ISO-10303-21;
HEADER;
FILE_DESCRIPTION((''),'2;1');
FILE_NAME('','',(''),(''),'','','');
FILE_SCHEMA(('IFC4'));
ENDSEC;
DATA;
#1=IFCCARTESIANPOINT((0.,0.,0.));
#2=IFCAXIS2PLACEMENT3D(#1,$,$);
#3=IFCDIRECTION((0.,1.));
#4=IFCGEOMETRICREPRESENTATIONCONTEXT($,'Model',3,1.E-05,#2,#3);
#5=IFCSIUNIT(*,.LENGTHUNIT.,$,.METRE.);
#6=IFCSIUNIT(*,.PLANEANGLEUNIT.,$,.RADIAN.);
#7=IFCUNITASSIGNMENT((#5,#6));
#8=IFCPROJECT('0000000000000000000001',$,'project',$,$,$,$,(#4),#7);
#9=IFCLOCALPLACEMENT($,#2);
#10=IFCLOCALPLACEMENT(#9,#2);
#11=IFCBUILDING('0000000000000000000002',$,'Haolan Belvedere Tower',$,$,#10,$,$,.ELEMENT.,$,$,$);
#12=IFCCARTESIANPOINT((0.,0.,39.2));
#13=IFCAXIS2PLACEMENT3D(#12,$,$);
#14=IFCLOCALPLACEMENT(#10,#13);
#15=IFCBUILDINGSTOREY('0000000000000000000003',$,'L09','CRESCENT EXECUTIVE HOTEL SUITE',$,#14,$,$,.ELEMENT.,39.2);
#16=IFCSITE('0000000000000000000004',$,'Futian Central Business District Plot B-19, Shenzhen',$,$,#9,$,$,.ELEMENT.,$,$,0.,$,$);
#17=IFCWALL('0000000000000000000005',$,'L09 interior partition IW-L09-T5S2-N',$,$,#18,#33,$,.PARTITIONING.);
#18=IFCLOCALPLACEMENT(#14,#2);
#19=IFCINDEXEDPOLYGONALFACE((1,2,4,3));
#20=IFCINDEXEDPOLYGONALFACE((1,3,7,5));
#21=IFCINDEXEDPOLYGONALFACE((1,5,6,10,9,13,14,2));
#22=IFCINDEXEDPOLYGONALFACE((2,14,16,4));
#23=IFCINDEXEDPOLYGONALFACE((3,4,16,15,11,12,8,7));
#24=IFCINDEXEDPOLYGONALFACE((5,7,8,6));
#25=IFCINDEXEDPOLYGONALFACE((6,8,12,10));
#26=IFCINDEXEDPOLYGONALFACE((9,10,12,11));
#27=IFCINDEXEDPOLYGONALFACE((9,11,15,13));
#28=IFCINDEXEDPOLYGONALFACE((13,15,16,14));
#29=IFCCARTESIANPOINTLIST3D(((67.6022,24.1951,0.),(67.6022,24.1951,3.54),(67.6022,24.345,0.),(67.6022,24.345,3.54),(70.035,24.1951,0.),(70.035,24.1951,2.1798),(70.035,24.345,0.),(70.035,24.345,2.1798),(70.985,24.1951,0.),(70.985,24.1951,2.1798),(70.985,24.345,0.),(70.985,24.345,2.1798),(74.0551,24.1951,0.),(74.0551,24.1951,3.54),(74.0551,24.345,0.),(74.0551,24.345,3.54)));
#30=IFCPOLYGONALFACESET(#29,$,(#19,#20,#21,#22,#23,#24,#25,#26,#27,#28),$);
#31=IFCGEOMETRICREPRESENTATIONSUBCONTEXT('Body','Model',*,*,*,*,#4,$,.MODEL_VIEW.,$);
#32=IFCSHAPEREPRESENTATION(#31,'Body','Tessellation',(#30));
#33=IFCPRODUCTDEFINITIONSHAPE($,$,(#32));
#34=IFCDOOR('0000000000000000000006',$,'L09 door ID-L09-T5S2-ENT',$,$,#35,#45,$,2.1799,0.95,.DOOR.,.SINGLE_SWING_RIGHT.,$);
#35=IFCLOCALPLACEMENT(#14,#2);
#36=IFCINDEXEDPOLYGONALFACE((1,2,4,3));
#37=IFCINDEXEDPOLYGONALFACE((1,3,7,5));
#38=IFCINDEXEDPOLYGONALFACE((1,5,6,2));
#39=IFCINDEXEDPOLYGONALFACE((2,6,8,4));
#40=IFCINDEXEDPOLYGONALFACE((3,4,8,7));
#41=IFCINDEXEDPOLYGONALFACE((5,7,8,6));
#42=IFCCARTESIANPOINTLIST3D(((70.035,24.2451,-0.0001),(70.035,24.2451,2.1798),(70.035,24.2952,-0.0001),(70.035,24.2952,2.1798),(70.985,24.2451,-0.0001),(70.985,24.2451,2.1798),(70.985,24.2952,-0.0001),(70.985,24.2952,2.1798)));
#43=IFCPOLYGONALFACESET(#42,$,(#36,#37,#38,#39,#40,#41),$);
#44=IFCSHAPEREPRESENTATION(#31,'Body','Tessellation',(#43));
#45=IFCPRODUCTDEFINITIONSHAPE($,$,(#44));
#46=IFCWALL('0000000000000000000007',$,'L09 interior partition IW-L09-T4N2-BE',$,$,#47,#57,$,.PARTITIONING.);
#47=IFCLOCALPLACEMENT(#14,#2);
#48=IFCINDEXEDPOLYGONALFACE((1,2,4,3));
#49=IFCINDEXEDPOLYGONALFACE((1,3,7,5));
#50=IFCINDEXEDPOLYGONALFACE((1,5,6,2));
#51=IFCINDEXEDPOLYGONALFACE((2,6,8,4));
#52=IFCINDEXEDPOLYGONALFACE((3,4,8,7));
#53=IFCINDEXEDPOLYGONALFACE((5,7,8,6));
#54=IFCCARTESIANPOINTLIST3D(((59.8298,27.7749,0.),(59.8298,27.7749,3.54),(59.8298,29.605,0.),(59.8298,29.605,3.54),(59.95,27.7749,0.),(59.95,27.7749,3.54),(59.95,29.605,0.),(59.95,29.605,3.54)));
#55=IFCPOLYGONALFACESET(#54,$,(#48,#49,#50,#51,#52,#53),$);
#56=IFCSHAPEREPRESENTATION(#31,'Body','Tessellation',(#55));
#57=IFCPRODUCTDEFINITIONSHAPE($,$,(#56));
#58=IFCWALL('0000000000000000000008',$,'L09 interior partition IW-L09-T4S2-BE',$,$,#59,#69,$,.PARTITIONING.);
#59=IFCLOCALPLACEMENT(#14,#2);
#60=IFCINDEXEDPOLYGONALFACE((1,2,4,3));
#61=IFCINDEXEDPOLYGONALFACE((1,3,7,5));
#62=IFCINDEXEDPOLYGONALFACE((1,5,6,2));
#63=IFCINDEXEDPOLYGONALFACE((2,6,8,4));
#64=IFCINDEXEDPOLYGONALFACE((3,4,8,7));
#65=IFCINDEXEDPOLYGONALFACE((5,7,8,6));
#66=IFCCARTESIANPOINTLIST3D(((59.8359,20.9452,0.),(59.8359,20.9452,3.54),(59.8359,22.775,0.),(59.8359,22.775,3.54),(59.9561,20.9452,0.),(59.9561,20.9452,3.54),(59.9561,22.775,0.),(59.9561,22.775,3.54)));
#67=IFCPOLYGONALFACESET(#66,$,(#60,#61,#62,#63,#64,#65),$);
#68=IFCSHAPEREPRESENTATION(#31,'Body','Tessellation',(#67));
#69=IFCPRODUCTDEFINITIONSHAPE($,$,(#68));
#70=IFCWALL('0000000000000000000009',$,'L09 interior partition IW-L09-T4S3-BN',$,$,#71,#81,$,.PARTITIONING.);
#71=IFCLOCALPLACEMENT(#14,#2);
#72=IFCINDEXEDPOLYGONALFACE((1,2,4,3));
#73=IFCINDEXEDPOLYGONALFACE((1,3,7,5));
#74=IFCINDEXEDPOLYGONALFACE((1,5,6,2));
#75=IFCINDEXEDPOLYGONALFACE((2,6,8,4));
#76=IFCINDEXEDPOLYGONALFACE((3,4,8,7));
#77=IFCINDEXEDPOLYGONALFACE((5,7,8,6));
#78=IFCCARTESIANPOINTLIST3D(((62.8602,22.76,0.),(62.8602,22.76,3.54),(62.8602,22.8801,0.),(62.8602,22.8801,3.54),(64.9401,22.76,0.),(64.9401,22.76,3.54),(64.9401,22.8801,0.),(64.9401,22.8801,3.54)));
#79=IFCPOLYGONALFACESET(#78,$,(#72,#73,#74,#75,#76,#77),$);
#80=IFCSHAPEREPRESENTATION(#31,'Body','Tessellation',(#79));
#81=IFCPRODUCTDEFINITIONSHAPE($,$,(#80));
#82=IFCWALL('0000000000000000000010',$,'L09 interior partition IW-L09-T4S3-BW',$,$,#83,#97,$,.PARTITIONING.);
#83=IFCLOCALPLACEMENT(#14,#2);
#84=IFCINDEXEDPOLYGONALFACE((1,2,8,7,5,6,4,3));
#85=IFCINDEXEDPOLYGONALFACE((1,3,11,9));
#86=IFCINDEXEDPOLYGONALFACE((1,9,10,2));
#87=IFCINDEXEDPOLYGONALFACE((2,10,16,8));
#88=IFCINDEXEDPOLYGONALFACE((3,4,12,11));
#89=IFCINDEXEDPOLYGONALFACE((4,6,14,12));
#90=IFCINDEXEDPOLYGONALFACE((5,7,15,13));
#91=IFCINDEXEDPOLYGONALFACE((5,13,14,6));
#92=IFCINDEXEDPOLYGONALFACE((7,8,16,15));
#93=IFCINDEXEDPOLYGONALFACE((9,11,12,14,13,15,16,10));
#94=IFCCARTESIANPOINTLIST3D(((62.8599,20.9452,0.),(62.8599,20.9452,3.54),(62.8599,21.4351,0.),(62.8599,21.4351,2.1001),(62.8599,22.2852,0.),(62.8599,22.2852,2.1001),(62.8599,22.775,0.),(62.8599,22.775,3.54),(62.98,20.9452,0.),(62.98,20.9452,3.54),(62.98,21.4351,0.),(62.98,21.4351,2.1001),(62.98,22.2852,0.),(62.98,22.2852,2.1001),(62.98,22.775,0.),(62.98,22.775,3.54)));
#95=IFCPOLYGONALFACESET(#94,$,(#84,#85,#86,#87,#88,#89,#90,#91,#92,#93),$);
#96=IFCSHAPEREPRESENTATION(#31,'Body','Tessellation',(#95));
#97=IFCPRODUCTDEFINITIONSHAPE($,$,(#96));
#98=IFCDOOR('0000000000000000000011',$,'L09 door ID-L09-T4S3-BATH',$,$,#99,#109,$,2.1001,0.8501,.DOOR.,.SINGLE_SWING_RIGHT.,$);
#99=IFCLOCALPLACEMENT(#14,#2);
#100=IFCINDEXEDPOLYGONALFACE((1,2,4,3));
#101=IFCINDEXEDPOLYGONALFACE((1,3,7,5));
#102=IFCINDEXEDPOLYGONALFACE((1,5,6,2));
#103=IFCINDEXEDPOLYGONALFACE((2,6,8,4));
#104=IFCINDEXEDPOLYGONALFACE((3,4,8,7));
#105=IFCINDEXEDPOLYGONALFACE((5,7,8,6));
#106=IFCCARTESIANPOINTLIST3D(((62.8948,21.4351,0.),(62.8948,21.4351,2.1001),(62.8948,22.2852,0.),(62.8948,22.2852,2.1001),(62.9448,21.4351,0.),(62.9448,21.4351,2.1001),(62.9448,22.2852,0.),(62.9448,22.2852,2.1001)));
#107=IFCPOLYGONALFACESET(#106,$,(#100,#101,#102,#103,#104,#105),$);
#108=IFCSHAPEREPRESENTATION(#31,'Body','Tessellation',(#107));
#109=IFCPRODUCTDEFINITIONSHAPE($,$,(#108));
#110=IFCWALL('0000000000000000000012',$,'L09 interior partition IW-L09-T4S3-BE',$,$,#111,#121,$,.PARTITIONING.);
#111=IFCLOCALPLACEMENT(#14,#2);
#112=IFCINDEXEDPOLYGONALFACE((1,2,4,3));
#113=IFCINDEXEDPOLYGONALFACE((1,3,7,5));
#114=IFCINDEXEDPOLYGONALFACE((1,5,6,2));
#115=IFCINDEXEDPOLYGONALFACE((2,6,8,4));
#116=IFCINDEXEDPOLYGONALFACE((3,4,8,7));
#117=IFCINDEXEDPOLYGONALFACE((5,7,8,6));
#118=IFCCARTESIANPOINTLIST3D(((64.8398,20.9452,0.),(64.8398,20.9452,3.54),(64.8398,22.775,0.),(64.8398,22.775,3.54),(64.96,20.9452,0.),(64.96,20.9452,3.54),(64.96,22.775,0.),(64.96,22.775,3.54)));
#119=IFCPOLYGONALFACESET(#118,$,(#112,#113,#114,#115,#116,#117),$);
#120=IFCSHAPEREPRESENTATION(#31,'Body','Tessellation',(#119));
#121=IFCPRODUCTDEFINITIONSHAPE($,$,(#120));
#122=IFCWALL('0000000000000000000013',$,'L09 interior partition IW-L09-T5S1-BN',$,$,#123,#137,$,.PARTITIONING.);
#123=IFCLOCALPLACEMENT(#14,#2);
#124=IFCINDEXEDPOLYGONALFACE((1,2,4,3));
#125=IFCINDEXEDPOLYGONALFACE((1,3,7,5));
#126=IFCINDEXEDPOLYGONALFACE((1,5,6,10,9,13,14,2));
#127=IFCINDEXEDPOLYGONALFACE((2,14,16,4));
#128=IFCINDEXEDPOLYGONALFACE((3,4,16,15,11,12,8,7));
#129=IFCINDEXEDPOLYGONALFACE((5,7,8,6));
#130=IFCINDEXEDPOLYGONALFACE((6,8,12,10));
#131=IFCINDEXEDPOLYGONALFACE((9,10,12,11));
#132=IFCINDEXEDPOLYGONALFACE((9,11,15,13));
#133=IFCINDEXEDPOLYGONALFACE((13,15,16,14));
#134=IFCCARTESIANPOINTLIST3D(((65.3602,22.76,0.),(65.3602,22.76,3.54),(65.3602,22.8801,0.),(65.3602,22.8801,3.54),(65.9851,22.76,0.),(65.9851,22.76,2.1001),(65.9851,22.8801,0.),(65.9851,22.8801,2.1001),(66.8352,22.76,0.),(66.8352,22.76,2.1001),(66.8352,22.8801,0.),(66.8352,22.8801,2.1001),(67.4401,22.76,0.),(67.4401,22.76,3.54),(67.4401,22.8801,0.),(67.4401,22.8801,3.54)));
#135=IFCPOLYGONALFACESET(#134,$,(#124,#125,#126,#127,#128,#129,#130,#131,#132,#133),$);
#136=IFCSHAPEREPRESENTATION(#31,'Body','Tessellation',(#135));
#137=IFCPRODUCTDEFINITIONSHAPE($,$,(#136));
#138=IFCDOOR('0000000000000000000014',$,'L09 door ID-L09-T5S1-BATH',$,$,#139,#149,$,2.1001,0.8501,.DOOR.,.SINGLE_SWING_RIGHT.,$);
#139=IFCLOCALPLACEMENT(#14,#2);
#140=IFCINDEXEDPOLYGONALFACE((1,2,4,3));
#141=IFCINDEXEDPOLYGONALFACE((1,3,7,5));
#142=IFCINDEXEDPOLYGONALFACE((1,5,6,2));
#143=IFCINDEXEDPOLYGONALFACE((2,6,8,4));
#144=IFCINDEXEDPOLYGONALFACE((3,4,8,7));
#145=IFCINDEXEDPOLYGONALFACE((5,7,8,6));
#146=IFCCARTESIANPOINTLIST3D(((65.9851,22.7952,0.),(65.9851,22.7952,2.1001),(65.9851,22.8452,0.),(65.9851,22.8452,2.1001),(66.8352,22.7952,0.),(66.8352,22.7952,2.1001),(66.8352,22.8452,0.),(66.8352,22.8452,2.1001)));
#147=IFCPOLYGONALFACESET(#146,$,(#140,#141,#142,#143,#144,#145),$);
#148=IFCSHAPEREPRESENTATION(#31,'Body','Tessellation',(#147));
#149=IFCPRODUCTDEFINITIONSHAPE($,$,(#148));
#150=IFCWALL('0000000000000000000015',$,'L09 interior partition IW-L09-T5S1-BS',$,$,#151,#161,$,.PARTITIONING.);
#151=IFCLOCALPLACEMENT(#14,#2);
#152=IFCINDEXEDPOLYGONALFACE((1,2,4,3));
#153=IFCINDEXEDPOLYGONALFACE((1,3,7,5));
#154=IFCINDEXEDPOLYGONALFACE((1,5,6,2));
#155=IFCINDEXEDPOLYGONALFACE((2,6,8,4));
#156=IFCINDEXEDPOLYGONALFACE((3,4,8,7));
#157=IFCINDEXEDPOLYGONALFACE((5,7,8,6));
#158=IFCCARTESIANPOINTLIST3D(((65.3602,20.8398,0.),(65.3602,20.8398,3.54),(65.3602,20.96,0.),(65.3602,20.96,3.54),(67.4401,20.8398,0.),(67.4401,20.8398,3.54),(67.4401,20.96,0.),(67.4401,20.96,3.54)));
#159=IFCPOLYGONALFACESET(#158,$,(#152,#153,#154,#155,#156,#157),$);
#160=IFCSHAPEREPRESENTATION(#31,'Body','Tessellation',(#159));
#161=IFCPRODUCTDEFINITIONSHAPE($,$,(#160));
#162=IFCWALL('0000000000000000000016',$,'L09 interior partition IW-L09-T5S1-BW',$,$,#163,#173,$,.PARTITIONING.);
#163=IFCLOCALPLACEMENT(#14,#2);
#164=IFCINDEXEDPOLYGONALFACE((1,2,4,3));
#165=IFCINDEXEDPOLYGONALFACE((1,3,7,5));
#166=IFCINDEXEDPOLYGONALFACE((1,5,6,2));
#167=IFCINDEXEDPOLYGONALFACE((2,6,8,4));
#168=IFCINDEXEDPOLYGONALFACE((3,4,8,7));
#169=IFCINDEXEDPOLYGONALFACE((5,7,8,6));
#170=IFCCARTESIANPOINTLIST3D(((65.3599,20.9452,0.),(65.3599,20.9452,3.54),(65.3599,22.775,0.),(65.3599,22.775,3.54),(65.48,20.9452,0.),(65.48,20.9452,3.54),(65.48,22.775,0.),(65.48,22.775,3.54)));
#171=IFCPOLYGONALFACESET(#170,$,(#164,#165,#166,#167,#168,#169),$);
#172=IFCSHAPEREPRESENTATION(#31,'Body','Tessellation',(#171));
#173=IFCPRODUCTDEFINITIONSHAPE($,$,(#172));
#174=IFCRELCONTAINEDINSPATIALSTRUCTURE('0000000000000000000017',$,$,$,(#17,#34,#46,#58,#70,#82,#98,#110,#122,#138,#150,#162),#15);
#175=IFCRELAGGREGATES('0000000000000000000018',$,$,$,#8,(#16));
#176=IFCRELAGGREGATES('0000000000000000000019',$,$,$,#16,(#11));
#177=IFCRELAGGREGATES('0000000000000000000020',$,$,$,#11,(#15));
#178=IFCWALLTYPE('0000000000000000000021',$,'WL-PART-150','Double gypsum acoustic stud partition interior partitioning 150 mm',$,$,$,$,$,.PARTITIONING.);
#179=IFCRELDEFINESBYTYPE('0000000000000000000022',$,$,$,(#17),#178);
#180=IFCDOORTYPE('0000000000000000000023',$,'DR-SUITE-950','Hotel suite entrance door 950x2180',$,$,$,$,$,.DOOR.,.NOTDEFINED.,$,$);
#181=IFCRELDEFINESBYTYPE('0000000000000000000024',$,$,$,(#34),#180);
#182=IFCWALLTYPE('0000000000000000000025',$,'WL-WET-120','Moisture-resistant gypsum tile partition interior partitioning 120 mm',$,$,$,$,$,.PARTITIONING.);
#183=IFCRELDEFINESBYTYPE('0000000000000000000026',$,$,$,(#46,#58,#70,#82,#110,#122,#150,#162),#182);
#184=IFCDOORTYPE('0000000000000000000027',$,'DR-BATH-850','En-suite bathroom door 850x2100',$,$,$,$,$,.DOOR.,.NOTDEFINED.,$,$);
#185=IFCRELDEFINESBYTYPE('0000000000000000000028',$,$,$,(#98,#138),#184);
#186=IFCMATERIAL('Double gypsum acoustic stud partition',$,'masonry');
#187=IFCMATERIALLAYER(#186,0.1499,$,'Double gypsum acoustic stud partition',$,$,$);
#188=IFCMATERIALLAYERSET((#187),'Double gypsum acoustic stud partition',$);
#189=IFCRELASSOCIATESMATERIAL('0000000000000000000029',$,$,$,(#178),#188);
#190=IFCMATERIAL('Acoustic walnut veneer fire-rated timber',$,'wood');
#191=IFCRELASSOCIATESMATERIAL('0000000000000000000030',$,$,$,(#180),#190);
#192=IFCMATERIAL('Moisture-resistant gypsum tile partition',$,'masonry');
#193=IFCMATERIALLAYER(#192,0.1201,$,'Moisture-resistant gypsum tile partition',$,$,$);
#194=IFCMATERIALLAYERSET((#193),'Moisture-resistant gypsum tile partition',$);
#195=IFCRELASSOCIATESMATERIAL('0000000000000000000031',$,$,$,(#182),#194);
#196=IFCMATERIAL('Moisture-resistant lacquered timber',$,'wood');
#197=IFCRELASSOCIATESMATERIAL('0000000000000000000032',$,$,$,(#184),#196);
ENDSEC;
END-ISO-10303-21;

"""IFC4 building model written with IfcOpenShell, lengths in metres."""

from ifc_helpers import new_model, si_unit, direction, frame, frame_2d, origin, place, context, subcontext, project, spatial, rectangle, extrude, material, layer, layer_set, type_object, element, fill, save


model = new_model("IFC4")

# Units and contexts
model_context = context("Model", 3, precision=1e-05, world=origin(), true_north=direction((0.0, 1.0)))
body_context = subcontext(model_context, "Body", "Model", "MODEL_VIEW")
ifc_project = project(units=[si_unit("LENGTHUNIT", "METRE"), si_unit("PLANEANGLEUNIT", "RADIAN")], contexts=[model_context])

# Site, building, storey
site_placement = place(None, origin())
site = spatial("IfcSite", under=ifc_project, at=site_placement, Name="Futian Central Business District Plot B-19, Shenzhen", CompositionType="ELEMENT", RefElevation=0.0)
building_placement = place(site_placement, origin())
building = spatial("IfcBuilding", under=site, at=building_placement, Name="Haolan Belvedere Tower", CompositionType="ELEMENT")
storey_placement = place(building_placement, frame((0.0, 0.0, 39.2)))
storey = spatial("IfcBuildingStorey", under=building, at=storey_placement, Name="L09", Description="CRESCENT EXECUTIVE HOTEL SUITE", CompositionType="ELEMENT", Elevation=39.2)

# Shared definitions
ifc_material_1 = material(Name="Double gypsum acoustic stud partition", Category="masonry")
ifc_layer_1 = layer(ifc_material_1, 0.1499, Name="Double gypsum acoustic stud partition")
ifc_layer_set_1 = layer_set([ifc_layer_1], Name="Double gypsum acoustic stud partition")
wall_type_1 = type_object("IfcWallType", Name="WL-PART-150", Description="Double gypsum acoustic stud partition interior partitioning 150 mm", PredefinedType="PARTITIONING", material=ifc_layer_set_1)

# Wall, opening, door
wall_1_placement = place(storey_placement, frame((67.6021, 24.27, 0.0), z_axis=(0.0, 0.0, 1.0), x_axis=(1.0, 0.0, 0.0)))
wall_1 = element("IfcWall", 1, at=wall_1_placement, inside=storey, type_object=wall_type_1, Name="L09 interior partition IW-L09-T5S2-N", PredefinedType="PARTITIONING", context=body_context, shape_type="SweptSolid", body=[
    extrude(rectangle(XDim=6.4529, YDim=0.1499, at=frame_2d((3.2266, 0.0))), origin(), (0.0, 0.0, 1.0), 3.54),
])
opening_1_placement = place(wall_1_placement, frame((3.3831, 0.0, 0.0), z_axis=(0.0, 0.0, 1.0), x_axis=(-1.0, 0.0, 0.0)))
opening_1 = element("IfcOpeningElement", 2, at=opening_1_placement, cuts=wall_1, PredefinedType="OPENING", context=body_context, shape_type="SweptSolid", body=[
    extrude(rectangle(XDim=0.95, YDim=2.1799, at=frame_2d((0.4751, 1.0898))), frame((0.0, 0.085, 0.0), z_axis=(0.0, -1.0, 0.0), x_axis=(1.0, 0.0, 0.0)), (0.0, 0.0, 1.0), 0.1699),
])
ifc_material_2 = material(Name="Acoustic walnut veneer fire-rated timber", Category="wood")
door_type_1 = type_object("IfcDoorType", Name="DR-SUITE-950", Description="Hotel suite entrance door 950x2180", OperationType="NOTDEFINED", PredefinedType="DOOR", material=ifc_material_2)
door_1_placement = place(opening_1_placement, origin())
door_1 = element("IfcDoor", 3, at=door_1_placement, inside=storey, type_object=door_type_1, Name="L09 door ID-L09-T5S2-ENT", OperationType="SINGLE_SWING_RIGHT", OverallHeight=2.1799, OverallWidth=0.95, PredefinedType="DOOR", context=body_context, shape_type="SweptSolid", body=[
    extrude(rectangle(XDim=0.95, YDim=2.1799, at=frame_2d((0.4751, 1.0898))), frame((0.0, 0.0249, 0.0), z_axis=(0.0, -1.0, 0.0), x_axis=(1.0, 0.0, 0.0)), (0.0, 0.0, 1.0), 0.05),
])
fill(opening_1, door_1)

# Walls
ifc_material_3 = material(Name="Moisture-resistant gypsum tile partition", Category="masonry")
ifc_layer_2 = layer(ifc_material_3, 0.1201, Name="Moisture-resistant gypsum tile partition")
ifc_layer_set_2 = layer_set([ifc_layer_2], Name="Moisture-resistant gypsum tile partition")
wall_type_2 = type_object("IfcWallType", Name="WL-WET-120", Description="Moisture-resistant gypsum tile partition interior partitioning 120 mm", PredefinedType="PARTITIONING", material=ifc_layer_set_2)
wall_2_placement = place(storey_placement, frame((59.8899, 27.7749, 0.0), z_axis=(0.0, 0.0, 1.0), x_axis=(0.0, 1.0, 0.0)))
element("IfcWall", 4, at=wall_2_placement, inside=storey, type_object=wall_type_2, Name="L09 interior partition IW-L09-T4N2-BE", PredefinedType="PARTITIONING", context=body_context, shape_type="SweptSolid", body=[
    extrude(rectangle(XDim=1.8301, YDim=0.1201, at=frame_2d((0.915, 0.0))), origin(), (0.0, 0.0, 1.0), 3.54),
])
wall_3_placement = place(storey_placement, frame((59.896, 20.9451, 0.0), z_axis=(0.0, 0.0, 1.0), x_axis=(0.0, 1.0, 0.0)))
element("IfcWall", 5, at=wall_3_placement, inside=storey, type_object=wall_type_2, Name="L09 interior partition IW-L09-T4S2-BE", PredefinedType="PARTITIONING", context=body_context, shape_type="SweptSolid", body=[
    extrude(rectangle(XDim=1.8298, YDim=0.1201, at=frame_2d((0.915, 0.0))), origin(), (0.0, 0.0, 1.0), 3.54),
])
wall_4_placement = place(storey_placement, frame((62.8601, 22.8201, 0.0), z_axis=(0.0, 0.0, 1.0), x_axis=(1.0, 0.0, 0.0)))
element("IfcWall", 6, at=wall_4_placement, inside=storey, type_object=wall_type_2, Name="L09 interior partition IW-L09-T4S3-BN", PredefinedType="PARTITIONING", context=body_context, shape_type="SweptSolid", body=[
    extrude(rectangle(XDim=2.0798, YDim=0.1201, at=frame_2d((1.04, 0.0))), origin(), (0.0, 0.0, 1.0), 3.54),
])

# Wall, opening, door
wall_5_placement = place(storey_placement, frame((62.9199, 20.9451, 0.0), z_axis=(0.0, 0.0, 1.0), x_axis=(0.0, 1.0, 0.0)))
wall_5 = element("IfcWall", 7, at=wall_5_placement, inside=storey, type_object=wall_type_2, Name="L09 interior partition IW-L09-T4S3-BW", PredefinedType="PARTITIONING", context=body_context, shape_type="SweptSolid", body=[
    extrude(rectangle(XDim=1.8298, YDim=0.1201, at=frame_2d((0.915, 0.0))), origin(), (0.0, 0.0, 1.0), 3.54),
])
opening_2_placement = place(wall_5_placement, frame((1.3401, 0.0, 0.0), z_axis=(0.0, 0.0, 1.0), x_axis=(-1.0, 0.0, 0.0)))
opening_2 = element("IfcOpeningElement", 8, at=opening_2_placement, cuts=wall_5, PredefinedType="OPENING", context=body_context, shape_type="SweptSolid", body=[
    extrude(rectangle(XDim=0.8501, YDim=2.1001, at=frame_2d((0.425, 1.05))), frame((0.0, 0.0701, 0.0), z_axis=(0.0, -1.0, 0.0), x_axis=(1.0, 0.0, 0.0)), (0.0, 0.0, 1.0), 0.1401),
])
ifc_material_4 = material(Name="Moisture-resistant lacquered timber", Category="wood")
door_type_2 = type_object("IfcDoorType", Name="DR-BATH-850", Description="En-suite bathroom door 850x2100", OperationType="NOTDEFINED", PredefinedType="DOOR", material=ifc_material_4)
door_2_placement = place(opening_2_placement, origin())
door_2 = element("IfcDoor", 9, at=door_2_placement, inside=storey, type_object=door_type_2, Name="L09 door ID-L09-T4S3-BATH", OperationType="SINGLE_SWING_RIGHT", OverallHeight=2.1001, OverallWidth=0.8501, PredefinedType="DOOR", context=body_context, shape_type="SweptSolid", body=[
    extrude(rectangle(XDim=0.8501, YDim=2.1001, at=frame_2d((0.425, 1.05))), frame((0.0, 0.0249, 0.0), z_axis=(0.0, -1.0, 0.0), x_axis=(1.0, 0.0, 0.0)), (0.0, 0.0, 1.0), 0.05),
])
fill(opening_2, door_2)

# Wall
wall_6_placement = place(storey_placement, frame((64.8999, 20.9451, 0.0), z_axis=(0.0, 0.0, 1.0), x_axis=(0.0, 1.0, 0.0)))
element("IfcWall", 10, at=wall_6_placement, inside=storey, type_object=wall_type_2, Name="L09 interior partition IW-L09-T4S3-BE", PredefinedType="PARTITIONING", context=body_context, shape_type="SweptSolid", body=[
    extrude(rectangle(XDim=1.8298, YDim=0.1201, at=frame_2d((0.915, 0.0))), origin(), (0.0, 0.0, 1.0), 3.54),
])

# Wall, opening, door
wall_7_placement = place(storey_placement, frame((65.3601, 22.8201, 0.0), z_axis=(0.0, 0.0, 1.0), x_axis=(1.0, 0.0, 0.0)))
wall_7 = element("IfcWall", 11, at=wall_7_placement, inside=storey, type_object=wall_type_2, Name="L09 interior partition IW-L09-T5S1-BN", PredefinedType="PARTITIONING", context=body_context, shape_type="SweptSolid", body=[
    extrude(rectangle(XDim=2.0798, YDim=0.1201, at=frame_2d((1.04, 0.0))), origin(), (0.0, 0.0, 1.0), 3.54),
])
opening_3_placement = place(wall_7_placement, frame((1.4751, 0.0, 0.0), z_axis=(0.0, 0.0, 1.0), x_axis=(-1.0, 0.0, 0.0)))
opening_3 = element("IfcOpeningElement", 12, at=opening_3_placement, cuts=wall_7, PredefinedType="OPENING", context=body_context, shape_type="SweptSolid", body=[
    extrude(rectangle(XDim=0.8501, YDim=2.1001, at=frame_2d((0.425, 1.05))), frame((0.0, 0.0701, 0.0), z_axis=(0.0, -1.0, 0.0), x_axis=(1.0, 0.0, 0.0)), (0.0, 0.0, 1.0), 0.1401),
])
door_3_placement = place(opening_3_placement, origin())
door_3 = element("IfcDoor", 13, at=door_3_placement, inside=storey, type_object=door_type_2, Name="L09 door ID-L09-T5S1-BATH", OperationType="SINGLE_SWING_RIGHT", OverallHeight=2.1001, OverallWidth=0.8501, PredefinedType="DOOR", context=body_context, shape_type="SweptSolid", body=[
    extrude(rectangle(XDim=0.8501, YDim=2.1001, at=frame_2d((0.425, 1.05))), frame((0.0, 0.0249, 0.0), z_axis=(0.0, -1.0, 0.0), x_axis=(1.0, 0.0, 0.0)), (0.0, 0.0, 1.0), 0.05),
])
fill(opening_3, door_3)

# Walls
wall_8_placement = place(storey_placement, frame((65.3601, 20.8999, 0.0), z_axis=(0.0, 0.0, 1.0), x_axis=(1.0, 0.0, 0.0)))
element("IfcWall", 14, at=wall_8_placement, inside=storey, type_object=wall_type_2, Name="L09 interior partition IW-L09-T5S1-BS", PredefinedType="PARTITIONING", context=body_context, shape_type="SweptSolid", body=[
    extrude(rectangle(XDim=2.0798, YDim=0.1201, at=frame_2d((1.04, 0.0))), origin(), (0.0, 0.0, 1.0), 3.54),
])
for number, where, z_axis, x_axis, name in (
    (15, (65.4199, 20.9451, 0.0), (0.0, 0.0, 1.0), (0.0, 1.0, 0.0), "L09 interior partition IW-L09-T5S1-BW"),
):
    element("IfcWall", number, at=place(storey_placement, frame(where, z_axis=z_axis, x_axis=x_axis)), inside=storey, type_object=wall_type_2, Name=name, PredefinedType="PARTITIONING", context=body_context, shape_type="SweptSolid", body=[
        extrude(rectangle(XDim=1.8298, YDim=0.1201, at=frame_2d((0.915, 0.0))), origin(), (0.0, 0.0, 1.0), 3.54),
    ])

save(model, "model.ifc")
